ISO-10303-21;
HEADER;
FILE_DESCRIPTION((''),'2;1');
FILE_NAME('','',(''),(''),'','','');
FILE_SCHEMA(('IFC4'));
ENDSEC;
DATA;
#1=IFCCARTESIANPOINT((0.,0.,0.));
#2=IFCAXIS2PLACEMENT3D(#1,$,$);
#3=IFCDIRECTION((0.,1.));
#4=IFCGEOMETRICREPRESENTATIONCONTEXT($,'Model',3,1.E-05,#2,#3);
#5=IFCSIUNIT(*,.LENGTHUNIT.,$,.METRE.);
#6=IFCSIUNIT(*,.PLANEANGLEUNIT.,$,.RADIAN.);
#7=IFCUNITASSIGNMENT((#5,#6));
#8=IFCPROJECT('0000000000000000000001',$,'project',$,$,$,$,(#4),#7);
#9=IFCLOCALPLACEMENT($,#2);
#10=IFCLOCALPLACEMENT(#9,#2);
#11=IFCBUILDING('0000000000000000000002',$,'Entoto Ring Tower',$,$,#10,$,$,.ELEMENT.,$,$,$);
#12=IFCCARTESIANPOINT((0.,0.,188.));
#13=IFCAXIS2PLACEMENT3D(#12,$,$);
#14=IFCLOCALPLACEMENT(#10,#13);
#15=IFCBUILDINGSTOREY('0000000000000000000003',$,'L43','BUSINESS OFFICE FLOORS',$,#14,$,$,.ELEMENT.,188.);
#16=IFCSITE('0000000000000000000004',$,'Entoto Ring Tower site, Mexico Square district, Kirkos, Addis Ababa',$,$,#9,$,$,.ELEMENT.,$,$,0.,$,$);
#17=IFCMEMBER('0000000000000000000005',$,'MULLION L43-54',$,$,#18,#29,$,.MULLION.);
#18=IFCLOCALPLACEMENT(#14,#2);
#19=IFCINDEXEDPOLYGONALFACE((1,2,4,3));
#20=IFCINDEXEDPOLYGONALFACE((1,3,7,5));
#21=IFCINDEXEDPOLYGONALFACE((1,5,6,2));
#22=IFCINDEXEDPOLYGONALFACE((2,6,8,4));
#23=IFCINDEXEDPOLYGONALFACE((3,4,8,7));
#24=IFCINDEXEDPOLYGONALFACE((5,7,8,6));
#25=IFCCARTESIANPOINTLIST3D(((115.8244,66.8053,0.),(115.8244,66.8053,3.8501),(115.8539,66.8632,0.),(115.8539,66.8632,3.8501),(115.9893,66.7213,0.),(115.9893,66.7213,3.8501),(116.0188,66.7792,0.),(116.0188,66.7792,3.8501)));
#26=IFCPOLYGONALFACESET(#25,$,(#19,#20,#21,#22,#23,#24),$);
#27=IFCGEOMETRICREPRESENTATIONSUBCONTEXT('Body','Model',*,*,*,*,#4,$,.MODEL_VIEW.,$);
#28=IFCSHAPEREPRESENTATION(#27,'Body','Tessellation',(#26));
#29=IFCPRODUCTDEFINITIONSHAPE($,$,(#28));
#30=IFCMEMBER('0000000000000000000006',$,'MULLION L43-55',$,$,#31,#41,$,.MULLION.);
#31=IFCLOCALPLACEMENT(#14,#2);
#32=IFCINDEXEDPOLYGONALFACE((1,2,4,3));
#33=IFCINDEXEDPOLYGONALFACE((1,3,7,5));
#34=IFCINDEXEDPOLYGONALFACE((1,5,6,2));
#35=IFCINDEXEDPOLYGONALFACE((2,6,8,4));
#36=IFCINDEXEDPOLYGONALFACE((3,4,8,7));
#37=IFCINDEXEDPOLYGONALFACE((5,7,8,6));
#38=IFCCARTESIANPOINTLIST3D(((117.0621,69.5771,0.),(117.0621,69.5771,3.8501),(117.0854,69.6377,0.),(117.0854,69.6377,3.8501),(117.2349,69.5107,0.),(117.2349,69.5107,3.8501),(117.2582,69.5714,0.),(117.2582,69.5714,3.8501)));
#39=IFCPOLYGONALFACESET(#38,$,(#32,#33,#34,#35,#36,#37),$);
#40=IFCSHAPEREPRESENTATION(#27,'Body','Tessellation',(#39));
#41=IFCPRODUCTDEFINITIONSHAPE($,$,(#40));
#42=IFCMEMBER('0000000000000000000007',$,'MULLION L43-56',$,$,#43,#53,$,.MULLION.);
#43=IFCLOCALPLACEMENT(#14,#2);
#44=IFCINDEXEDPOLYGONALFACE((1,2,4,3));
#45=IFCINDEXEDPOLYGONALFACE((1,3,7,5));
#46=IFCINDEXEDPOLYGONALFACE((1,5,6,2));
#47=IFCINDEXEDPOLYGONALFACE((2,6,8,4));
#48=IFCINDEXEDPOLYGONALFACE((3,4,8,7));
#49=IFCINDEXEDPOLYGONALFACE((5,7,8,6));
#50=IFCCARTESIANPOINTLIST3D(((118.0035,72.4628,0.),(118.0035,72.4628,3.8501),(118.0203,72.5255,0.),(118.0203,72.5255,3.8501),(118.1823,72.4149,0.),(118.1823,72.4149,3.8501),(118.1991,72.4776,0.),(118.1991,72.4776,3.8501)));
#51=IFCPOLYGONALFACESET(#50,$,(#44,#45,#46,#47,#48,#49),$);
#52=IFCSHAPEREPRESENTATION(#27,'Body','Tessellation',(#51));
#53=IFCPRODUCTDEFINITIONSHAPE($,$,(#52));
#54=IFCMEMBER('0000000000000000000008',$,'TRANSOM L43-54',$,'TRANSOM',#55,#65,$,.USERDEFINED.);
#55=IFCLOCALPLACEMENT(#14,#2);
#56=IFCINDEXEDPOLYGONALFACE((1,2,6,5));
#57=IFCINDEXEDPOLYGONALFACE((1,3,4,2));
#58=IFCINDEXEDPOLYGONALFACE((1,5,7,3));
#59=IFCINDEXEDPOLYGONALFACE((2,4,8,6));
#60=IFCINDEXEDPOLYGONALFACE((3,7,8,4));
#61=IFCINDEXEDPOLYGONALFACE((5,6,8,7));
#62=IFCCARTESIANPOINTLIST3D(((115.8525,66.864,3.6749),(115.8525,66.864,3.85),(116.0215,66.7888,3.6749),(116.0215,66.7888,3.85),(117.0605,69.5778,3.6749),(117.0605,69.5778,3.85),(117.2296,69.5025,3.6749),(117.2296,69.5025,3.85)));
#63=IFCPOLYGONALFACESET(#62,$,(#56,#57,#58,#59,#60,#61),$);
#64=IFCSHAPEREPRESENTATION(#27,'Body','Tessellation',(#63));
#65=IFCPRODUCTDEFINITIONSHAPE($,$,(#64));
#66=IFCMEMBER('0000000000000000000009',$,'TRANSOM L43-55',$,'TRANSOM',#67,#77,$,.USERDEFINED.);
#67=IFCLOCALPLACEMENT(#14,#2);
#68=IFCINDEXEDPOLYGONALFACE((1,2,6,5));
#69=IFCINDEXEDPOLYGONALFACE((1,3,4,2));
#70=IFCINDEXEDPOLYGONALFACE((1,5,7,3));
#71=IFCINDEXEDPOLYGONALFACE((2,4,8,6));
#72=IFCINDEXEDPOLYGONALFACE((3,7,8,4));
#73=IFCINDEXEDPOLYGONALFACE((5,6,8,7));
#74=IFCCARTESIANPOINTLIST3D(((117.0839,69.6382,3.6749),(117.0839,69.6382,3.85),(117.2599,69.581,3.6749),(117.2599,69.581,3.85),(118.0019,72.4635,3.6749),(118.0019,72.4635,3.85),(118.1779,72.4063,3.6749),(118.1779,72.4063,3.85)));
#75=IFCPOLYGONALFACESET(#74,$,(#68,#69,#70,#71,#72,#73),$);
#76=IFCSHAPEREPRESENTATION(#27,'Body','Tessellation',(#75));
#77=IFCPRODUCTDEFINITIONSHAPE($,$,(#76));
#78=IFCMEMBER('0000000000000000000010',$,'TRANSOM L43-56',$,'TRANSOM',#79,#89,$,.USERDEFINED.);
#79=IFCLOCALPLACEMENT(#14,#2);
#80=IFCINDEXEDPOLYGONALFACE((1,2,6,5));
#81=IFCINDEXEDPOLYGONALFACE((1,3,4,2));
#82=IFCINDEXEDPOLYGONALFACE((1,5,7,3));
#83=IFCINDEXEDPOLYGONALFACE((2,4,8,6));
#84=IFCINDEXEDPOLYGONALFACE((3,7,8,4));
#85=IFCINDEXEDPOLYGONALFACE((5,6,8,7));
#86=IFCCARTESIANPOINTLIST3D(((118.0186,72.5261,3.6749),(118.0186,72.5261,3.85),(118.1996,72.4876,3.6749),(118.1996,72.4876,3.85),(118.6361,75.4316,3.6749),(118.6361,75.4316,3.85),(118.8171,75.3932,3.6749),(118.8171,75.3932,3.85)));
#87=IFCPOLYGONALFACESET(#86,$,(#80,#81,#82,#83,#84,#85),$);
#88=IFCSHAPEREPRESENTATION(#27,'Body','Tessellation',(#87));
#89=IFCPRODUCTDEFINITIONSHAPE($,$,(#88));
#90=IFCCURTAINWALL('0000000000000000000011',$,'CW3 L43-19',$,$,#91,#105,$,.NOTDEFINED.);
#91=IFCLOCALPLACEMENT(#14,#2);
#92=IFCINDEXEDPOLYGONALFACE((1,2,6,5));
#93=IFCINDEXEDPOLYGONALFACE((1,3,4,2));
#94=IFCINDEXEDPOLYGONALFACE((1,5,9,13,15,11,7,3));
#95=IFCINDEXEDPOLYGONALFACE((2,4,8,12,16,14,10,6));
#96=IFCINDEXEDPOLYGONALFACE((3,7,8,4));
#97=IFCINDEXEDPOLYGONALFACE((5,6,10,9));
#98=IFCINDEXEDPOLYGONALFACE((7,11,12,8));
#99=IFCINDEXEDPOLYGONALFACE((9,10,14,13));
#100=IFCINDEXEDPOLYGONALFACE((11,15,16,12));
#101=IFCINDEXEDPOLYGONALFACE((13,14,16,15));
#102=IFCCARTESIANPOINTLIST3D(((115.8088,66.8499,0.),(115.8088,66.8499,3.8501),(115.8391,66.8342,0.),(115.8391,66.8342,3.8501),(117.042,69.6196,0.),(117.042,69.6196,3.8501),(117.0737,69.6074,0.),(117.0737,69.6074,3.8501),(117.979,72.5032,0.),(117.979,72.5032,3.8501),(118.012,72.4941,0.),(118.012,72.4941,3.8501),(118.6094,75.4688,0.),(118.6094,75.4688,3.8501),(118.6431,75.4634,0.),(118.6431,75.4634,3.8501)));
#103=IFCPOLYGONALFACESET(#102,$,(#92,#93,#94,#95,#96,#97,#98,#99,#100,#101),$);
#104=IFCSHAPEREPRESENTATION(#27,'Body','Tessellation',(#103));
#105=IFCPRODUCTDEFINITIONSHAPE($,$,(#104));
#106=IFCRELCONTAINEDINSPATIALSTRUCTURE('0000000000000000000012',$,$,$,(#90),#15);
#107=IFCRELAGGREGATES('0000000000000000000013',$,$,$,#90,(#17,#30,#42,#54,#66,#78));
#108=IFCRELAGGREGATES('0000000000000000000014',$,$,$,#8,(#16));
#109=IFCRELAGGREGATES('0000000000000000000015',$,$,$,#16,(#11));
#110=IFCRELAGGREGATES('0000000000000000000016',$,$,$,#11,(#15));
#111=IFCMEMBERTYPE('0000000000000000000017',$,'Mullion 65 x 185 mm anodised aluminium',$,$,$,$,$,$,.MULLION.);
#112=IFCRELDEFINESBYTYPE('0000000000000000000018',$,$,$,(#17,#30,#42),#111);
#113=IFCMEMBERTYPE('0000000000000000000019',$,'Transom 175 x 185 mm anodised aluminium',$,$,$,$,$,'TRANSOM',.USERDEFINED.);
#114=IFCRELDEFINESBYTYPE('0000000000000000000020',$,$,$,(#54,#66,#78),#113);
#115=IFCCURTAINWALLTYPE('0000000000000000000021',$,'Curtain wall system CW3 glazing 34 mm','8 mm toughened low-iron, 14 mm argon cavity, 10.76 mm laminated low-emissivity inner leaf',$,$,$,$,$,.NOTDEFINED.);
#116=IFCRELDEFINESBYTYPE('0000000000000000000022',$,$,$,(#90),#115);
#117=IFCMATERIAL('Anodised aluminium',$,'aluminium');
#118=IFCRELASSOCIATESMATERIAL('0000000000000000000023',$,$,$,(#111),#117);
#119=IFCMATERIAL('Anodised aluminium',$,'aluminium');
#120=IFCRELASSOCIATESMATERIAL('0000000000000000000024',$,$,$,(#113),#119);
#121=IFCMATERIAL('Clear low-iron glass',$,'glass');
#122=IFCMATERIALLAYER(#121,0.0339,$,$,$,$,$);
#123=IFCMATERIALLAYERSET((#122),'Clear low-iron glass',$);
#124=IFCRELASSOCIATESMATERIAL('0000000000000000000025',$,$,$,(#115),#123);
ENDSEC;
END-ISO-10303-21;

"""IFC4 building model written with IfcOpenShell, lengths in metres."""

from ifc_helpers import new_model, si_unit, direction, frame, origin, origin_2d, place, context, subcontext, project, spatial, polyline, rectangle, outline, extrude, material, layer, layer_set, material_profile, profile_set, type_object, element, aggregate, save


model = new_model("IFC4")

# Units and contexts
model_context = context("Model", 3, precision=1e-05, world=origin(), true_north=direction((0.0, 1.0)))
body_context = subcontext(model_context, "Body", "Model", "MODEL_VIEW")
ifc_project = project(units=[si_unit("LENGTHUNIT", "METRE"), si_unit("PLANEANGLEUNIT", "RADIAN")], contexts=[model_context])

# Members
ifc_material_1 = material(Name="Anodised aluminium", Category="aluminium")
ifc_material_profile_1 = material_profile(ifc_material_1, rectangle(XDim=0.0649, YDim=0.1851, at=origin_2d()), Name="Mullion 65 x 185 mm anodised aluminium")
ifc_profile_set_1 = profile_set([ifc_material_profile_1], Name="Anodised aluminium")
member_type_1 = type_object("IfcMemberType", Name="Mullion 65 x 185 mm anodised aluminium", PredefinedType="MULLION", material=ifc_profile_set_1)
site_placement = place(None, origin())
building_placement = place(site_placement, origin())
storey_placement = place(building_placement, frame((0.0, 0.0, 188.0)))
member_1_placement = place(storey_placement, frame((115.9216, 66.7922, 0.0), z_axis=(0.0, 0.0, 1.0), x_axis=(0.45399, 0.891007, 0.0)))
member_1 = element("IfcMember", 1, at=member_1_placement, type_object=member_type_1, Name="MULLION L43-54", PredefinedType="MULLION", context=body_context, shape_type="SweptSolid", body=[
    extrude(rectangle(XDim=0.0649, YDim=0.1851, at=origin_2d()), origin(), (0.0, 0.0, 1.0), 3.8501),
])
member_2_placement = place(storey_placement, frame((117.1602, 69.5742, 0.0), z_axis=(0.0, 0.0, 1.0), x_axis=(0.358368, 0.93358, 0.0)))
member_2 = element("IfcMember", 2, at=member_2_placement, type_object=member_type_1, Name="MULLION L43-55", PredefinedType="MULLION", context=body_context, shape_type="SweptSolid", body=[
    extrude(rectangle(XDim=0.0649, YDim=0.1851, at=origin_2d()), origin(), (0.0, 0.0, 1.0), 3.8501),
])
member_3_placement = place(storey_placement, frame((118.1013, 72.4702, 0.0), z_axis=(0.0, 0.0, 1.0), x_axis=(0.258819, 0.965926, 0.0)))
member_3 = element("IfcMember", 3, at=member_3_placement, type_object=member_type_1, Name="MULLION L43-56", PredefinedType="MULLION", context=body_context, shape_type="SweptSolid", body=[
    extrude(rectangle(XDim=0.0649, YDim=0.1851, at=origin_2d()), origin(), (0.0, 0.0, 1.0), 3.8501),
])
ifc_material_2 = material(Name="Anodised aluminium", Category="aluminium")
ifc_material_profile_2 = material_profile(ifc_material_2, rectangle(XDim=0.1851, YDim=0.175, at=origin_2d()), Name="Transom 175 x 185 mm anodised aluminium")
ifc_profile_set_2 = profile_set([ifc_material_profile_2], Name="Anodised aluminium")
member_type_2 = type_object("IfcMemberType", Name="Transom 175 x 185 mm anodised aluminium", ElementType="TRANSOM", PredefinedType="USERDEFINED", material=ifc_profile_set_2)
member_4_placement = place(storey_placement, frame((115.937, 66.8264, 3.7625), z_axis=(0.406687, 0.913567, 0.0), x_axis=(-0.913567, 0.406687, 0.0)))
member_4 = element("IfcMember", 4, at=member_4_placement, type_object=member_type_2, Name="TRANSOM L43-54", ObjectType="TRANSOM", PredefinedType="USERDEFINED", context=body_context, shape_type="SweptSolid", body=[
    extrude(rectangle(XDim=0.1851, YDim=0.175, at=origin_2d()), origin(), (0.0, 0.0, 1.0), 2.9705),
])
member_5_placement = place(storey_placement, frame((117.1719, 69.6096, 3.7625), z_axis=(0.309019, 0.951056, 0.0), x_axis=(-0.951056, 0.309019, 0.0)))
member_5 = element("IfcMember", 5, at=member_5_placement, type_object=member_type_2, Name="TRANSOM L43-55", ObjectType="TRANSOM", PredefinedType="USERDEFINED", context=body_context, shape_type="SweptSolid", body=[
    extrude(rectangle(XDim=0.1851, YDim=0.175, at=origin_2d()), origin(), (0.0, 0.0, 1.0), 2.9707),
])
member_6_placement = place(storey_placement, frame((118.1091, 72.5068, 3.7625), z_axis=(0.207862, 0.978158, 0.0), x_axis=(-0.978158, 0.207862, 0.0)))
member_6 = element("IfcMember", 6, at=member_6_placement, type_object=member_type_2, Name="TRANSOM L43-56", ObjectType="TRANSOM", PredefinedType="USERDEFINED", context=body_context, shape_type="SweptSolid", body=[
    extrude(rectangle(XDim=0.1851, YDim=0.175, at=origin_2d()), origin(), (0.0, 0.0, 1.0), 2.9705),
])

# Site, building, storey
site = spatial("IfcSite", under=ifc_project, at=site_placement, Name="Entoto Ring Tower site, Mexico Square district, Kirkos, Addis Ababa", CompositionType="ELEMENT", RefElevation=0.0)
building = spatial("IfcBuilding", under=site, at=building_placement, Name="Entoto Ring Tower", CompositionType="ELEMENT")
storey = spatial("IfcBuildingStorey", under=building, at=storey_placement, Name="L43", Description="BUSINESS OFFICE FLOORS", CompositionType="ELEMENT", Elevation=188.0)

# Curtain wall
ifc_material_3 = material(Name="Clear low-iron glass", Category="glass")
ifc_layer_1 = layer(ifc_material_3, 0.0339)
ifc_layer_set_1 = layer_set([ifc_layer_1], Name="Clear low-iron glass")
curtain_wall_type = type_object("IfcCurtainWallType", Name="Curtain wall system CW3 glazing 34 mm", Description="8 mm toughened low-iron, 14 mm argon cavity, 10.76 mm laminated low-emissivity inner leaf", PredefinedType="NOTDEFINED", material=ifc_layer_set_1)
curtain_wall_1_placement = place(storey_placement, origin())
curtain_wall_1 = element("IfcCurtainWall", 7, at=curtain_wall_1_placement, inside=storey, type_object=curtain_wall_type, Name="CW3 L43-19", PredefinedType="NOTDEFINED", context=body_context, shape_type="SweptSolid", body=[
    extrude(outline(polyline([(115.8391, 66.8342), (117.0737, 69.6074), (118.012, 72.4941), (118.6431, 75.4634), (118.6094, 75.4688), (117.979, 72.5032), (117.042, 69.6196), (115.8088, 66.8499), (115.8391, 66.8342)])), origin(), (0.0, 0.0, 1.0), 3.8501),
])
aggregate(curtain_wall_1, [member_1, member_2, member_3, member_4, member_5, member_6])

save(model, "model.ifc")
